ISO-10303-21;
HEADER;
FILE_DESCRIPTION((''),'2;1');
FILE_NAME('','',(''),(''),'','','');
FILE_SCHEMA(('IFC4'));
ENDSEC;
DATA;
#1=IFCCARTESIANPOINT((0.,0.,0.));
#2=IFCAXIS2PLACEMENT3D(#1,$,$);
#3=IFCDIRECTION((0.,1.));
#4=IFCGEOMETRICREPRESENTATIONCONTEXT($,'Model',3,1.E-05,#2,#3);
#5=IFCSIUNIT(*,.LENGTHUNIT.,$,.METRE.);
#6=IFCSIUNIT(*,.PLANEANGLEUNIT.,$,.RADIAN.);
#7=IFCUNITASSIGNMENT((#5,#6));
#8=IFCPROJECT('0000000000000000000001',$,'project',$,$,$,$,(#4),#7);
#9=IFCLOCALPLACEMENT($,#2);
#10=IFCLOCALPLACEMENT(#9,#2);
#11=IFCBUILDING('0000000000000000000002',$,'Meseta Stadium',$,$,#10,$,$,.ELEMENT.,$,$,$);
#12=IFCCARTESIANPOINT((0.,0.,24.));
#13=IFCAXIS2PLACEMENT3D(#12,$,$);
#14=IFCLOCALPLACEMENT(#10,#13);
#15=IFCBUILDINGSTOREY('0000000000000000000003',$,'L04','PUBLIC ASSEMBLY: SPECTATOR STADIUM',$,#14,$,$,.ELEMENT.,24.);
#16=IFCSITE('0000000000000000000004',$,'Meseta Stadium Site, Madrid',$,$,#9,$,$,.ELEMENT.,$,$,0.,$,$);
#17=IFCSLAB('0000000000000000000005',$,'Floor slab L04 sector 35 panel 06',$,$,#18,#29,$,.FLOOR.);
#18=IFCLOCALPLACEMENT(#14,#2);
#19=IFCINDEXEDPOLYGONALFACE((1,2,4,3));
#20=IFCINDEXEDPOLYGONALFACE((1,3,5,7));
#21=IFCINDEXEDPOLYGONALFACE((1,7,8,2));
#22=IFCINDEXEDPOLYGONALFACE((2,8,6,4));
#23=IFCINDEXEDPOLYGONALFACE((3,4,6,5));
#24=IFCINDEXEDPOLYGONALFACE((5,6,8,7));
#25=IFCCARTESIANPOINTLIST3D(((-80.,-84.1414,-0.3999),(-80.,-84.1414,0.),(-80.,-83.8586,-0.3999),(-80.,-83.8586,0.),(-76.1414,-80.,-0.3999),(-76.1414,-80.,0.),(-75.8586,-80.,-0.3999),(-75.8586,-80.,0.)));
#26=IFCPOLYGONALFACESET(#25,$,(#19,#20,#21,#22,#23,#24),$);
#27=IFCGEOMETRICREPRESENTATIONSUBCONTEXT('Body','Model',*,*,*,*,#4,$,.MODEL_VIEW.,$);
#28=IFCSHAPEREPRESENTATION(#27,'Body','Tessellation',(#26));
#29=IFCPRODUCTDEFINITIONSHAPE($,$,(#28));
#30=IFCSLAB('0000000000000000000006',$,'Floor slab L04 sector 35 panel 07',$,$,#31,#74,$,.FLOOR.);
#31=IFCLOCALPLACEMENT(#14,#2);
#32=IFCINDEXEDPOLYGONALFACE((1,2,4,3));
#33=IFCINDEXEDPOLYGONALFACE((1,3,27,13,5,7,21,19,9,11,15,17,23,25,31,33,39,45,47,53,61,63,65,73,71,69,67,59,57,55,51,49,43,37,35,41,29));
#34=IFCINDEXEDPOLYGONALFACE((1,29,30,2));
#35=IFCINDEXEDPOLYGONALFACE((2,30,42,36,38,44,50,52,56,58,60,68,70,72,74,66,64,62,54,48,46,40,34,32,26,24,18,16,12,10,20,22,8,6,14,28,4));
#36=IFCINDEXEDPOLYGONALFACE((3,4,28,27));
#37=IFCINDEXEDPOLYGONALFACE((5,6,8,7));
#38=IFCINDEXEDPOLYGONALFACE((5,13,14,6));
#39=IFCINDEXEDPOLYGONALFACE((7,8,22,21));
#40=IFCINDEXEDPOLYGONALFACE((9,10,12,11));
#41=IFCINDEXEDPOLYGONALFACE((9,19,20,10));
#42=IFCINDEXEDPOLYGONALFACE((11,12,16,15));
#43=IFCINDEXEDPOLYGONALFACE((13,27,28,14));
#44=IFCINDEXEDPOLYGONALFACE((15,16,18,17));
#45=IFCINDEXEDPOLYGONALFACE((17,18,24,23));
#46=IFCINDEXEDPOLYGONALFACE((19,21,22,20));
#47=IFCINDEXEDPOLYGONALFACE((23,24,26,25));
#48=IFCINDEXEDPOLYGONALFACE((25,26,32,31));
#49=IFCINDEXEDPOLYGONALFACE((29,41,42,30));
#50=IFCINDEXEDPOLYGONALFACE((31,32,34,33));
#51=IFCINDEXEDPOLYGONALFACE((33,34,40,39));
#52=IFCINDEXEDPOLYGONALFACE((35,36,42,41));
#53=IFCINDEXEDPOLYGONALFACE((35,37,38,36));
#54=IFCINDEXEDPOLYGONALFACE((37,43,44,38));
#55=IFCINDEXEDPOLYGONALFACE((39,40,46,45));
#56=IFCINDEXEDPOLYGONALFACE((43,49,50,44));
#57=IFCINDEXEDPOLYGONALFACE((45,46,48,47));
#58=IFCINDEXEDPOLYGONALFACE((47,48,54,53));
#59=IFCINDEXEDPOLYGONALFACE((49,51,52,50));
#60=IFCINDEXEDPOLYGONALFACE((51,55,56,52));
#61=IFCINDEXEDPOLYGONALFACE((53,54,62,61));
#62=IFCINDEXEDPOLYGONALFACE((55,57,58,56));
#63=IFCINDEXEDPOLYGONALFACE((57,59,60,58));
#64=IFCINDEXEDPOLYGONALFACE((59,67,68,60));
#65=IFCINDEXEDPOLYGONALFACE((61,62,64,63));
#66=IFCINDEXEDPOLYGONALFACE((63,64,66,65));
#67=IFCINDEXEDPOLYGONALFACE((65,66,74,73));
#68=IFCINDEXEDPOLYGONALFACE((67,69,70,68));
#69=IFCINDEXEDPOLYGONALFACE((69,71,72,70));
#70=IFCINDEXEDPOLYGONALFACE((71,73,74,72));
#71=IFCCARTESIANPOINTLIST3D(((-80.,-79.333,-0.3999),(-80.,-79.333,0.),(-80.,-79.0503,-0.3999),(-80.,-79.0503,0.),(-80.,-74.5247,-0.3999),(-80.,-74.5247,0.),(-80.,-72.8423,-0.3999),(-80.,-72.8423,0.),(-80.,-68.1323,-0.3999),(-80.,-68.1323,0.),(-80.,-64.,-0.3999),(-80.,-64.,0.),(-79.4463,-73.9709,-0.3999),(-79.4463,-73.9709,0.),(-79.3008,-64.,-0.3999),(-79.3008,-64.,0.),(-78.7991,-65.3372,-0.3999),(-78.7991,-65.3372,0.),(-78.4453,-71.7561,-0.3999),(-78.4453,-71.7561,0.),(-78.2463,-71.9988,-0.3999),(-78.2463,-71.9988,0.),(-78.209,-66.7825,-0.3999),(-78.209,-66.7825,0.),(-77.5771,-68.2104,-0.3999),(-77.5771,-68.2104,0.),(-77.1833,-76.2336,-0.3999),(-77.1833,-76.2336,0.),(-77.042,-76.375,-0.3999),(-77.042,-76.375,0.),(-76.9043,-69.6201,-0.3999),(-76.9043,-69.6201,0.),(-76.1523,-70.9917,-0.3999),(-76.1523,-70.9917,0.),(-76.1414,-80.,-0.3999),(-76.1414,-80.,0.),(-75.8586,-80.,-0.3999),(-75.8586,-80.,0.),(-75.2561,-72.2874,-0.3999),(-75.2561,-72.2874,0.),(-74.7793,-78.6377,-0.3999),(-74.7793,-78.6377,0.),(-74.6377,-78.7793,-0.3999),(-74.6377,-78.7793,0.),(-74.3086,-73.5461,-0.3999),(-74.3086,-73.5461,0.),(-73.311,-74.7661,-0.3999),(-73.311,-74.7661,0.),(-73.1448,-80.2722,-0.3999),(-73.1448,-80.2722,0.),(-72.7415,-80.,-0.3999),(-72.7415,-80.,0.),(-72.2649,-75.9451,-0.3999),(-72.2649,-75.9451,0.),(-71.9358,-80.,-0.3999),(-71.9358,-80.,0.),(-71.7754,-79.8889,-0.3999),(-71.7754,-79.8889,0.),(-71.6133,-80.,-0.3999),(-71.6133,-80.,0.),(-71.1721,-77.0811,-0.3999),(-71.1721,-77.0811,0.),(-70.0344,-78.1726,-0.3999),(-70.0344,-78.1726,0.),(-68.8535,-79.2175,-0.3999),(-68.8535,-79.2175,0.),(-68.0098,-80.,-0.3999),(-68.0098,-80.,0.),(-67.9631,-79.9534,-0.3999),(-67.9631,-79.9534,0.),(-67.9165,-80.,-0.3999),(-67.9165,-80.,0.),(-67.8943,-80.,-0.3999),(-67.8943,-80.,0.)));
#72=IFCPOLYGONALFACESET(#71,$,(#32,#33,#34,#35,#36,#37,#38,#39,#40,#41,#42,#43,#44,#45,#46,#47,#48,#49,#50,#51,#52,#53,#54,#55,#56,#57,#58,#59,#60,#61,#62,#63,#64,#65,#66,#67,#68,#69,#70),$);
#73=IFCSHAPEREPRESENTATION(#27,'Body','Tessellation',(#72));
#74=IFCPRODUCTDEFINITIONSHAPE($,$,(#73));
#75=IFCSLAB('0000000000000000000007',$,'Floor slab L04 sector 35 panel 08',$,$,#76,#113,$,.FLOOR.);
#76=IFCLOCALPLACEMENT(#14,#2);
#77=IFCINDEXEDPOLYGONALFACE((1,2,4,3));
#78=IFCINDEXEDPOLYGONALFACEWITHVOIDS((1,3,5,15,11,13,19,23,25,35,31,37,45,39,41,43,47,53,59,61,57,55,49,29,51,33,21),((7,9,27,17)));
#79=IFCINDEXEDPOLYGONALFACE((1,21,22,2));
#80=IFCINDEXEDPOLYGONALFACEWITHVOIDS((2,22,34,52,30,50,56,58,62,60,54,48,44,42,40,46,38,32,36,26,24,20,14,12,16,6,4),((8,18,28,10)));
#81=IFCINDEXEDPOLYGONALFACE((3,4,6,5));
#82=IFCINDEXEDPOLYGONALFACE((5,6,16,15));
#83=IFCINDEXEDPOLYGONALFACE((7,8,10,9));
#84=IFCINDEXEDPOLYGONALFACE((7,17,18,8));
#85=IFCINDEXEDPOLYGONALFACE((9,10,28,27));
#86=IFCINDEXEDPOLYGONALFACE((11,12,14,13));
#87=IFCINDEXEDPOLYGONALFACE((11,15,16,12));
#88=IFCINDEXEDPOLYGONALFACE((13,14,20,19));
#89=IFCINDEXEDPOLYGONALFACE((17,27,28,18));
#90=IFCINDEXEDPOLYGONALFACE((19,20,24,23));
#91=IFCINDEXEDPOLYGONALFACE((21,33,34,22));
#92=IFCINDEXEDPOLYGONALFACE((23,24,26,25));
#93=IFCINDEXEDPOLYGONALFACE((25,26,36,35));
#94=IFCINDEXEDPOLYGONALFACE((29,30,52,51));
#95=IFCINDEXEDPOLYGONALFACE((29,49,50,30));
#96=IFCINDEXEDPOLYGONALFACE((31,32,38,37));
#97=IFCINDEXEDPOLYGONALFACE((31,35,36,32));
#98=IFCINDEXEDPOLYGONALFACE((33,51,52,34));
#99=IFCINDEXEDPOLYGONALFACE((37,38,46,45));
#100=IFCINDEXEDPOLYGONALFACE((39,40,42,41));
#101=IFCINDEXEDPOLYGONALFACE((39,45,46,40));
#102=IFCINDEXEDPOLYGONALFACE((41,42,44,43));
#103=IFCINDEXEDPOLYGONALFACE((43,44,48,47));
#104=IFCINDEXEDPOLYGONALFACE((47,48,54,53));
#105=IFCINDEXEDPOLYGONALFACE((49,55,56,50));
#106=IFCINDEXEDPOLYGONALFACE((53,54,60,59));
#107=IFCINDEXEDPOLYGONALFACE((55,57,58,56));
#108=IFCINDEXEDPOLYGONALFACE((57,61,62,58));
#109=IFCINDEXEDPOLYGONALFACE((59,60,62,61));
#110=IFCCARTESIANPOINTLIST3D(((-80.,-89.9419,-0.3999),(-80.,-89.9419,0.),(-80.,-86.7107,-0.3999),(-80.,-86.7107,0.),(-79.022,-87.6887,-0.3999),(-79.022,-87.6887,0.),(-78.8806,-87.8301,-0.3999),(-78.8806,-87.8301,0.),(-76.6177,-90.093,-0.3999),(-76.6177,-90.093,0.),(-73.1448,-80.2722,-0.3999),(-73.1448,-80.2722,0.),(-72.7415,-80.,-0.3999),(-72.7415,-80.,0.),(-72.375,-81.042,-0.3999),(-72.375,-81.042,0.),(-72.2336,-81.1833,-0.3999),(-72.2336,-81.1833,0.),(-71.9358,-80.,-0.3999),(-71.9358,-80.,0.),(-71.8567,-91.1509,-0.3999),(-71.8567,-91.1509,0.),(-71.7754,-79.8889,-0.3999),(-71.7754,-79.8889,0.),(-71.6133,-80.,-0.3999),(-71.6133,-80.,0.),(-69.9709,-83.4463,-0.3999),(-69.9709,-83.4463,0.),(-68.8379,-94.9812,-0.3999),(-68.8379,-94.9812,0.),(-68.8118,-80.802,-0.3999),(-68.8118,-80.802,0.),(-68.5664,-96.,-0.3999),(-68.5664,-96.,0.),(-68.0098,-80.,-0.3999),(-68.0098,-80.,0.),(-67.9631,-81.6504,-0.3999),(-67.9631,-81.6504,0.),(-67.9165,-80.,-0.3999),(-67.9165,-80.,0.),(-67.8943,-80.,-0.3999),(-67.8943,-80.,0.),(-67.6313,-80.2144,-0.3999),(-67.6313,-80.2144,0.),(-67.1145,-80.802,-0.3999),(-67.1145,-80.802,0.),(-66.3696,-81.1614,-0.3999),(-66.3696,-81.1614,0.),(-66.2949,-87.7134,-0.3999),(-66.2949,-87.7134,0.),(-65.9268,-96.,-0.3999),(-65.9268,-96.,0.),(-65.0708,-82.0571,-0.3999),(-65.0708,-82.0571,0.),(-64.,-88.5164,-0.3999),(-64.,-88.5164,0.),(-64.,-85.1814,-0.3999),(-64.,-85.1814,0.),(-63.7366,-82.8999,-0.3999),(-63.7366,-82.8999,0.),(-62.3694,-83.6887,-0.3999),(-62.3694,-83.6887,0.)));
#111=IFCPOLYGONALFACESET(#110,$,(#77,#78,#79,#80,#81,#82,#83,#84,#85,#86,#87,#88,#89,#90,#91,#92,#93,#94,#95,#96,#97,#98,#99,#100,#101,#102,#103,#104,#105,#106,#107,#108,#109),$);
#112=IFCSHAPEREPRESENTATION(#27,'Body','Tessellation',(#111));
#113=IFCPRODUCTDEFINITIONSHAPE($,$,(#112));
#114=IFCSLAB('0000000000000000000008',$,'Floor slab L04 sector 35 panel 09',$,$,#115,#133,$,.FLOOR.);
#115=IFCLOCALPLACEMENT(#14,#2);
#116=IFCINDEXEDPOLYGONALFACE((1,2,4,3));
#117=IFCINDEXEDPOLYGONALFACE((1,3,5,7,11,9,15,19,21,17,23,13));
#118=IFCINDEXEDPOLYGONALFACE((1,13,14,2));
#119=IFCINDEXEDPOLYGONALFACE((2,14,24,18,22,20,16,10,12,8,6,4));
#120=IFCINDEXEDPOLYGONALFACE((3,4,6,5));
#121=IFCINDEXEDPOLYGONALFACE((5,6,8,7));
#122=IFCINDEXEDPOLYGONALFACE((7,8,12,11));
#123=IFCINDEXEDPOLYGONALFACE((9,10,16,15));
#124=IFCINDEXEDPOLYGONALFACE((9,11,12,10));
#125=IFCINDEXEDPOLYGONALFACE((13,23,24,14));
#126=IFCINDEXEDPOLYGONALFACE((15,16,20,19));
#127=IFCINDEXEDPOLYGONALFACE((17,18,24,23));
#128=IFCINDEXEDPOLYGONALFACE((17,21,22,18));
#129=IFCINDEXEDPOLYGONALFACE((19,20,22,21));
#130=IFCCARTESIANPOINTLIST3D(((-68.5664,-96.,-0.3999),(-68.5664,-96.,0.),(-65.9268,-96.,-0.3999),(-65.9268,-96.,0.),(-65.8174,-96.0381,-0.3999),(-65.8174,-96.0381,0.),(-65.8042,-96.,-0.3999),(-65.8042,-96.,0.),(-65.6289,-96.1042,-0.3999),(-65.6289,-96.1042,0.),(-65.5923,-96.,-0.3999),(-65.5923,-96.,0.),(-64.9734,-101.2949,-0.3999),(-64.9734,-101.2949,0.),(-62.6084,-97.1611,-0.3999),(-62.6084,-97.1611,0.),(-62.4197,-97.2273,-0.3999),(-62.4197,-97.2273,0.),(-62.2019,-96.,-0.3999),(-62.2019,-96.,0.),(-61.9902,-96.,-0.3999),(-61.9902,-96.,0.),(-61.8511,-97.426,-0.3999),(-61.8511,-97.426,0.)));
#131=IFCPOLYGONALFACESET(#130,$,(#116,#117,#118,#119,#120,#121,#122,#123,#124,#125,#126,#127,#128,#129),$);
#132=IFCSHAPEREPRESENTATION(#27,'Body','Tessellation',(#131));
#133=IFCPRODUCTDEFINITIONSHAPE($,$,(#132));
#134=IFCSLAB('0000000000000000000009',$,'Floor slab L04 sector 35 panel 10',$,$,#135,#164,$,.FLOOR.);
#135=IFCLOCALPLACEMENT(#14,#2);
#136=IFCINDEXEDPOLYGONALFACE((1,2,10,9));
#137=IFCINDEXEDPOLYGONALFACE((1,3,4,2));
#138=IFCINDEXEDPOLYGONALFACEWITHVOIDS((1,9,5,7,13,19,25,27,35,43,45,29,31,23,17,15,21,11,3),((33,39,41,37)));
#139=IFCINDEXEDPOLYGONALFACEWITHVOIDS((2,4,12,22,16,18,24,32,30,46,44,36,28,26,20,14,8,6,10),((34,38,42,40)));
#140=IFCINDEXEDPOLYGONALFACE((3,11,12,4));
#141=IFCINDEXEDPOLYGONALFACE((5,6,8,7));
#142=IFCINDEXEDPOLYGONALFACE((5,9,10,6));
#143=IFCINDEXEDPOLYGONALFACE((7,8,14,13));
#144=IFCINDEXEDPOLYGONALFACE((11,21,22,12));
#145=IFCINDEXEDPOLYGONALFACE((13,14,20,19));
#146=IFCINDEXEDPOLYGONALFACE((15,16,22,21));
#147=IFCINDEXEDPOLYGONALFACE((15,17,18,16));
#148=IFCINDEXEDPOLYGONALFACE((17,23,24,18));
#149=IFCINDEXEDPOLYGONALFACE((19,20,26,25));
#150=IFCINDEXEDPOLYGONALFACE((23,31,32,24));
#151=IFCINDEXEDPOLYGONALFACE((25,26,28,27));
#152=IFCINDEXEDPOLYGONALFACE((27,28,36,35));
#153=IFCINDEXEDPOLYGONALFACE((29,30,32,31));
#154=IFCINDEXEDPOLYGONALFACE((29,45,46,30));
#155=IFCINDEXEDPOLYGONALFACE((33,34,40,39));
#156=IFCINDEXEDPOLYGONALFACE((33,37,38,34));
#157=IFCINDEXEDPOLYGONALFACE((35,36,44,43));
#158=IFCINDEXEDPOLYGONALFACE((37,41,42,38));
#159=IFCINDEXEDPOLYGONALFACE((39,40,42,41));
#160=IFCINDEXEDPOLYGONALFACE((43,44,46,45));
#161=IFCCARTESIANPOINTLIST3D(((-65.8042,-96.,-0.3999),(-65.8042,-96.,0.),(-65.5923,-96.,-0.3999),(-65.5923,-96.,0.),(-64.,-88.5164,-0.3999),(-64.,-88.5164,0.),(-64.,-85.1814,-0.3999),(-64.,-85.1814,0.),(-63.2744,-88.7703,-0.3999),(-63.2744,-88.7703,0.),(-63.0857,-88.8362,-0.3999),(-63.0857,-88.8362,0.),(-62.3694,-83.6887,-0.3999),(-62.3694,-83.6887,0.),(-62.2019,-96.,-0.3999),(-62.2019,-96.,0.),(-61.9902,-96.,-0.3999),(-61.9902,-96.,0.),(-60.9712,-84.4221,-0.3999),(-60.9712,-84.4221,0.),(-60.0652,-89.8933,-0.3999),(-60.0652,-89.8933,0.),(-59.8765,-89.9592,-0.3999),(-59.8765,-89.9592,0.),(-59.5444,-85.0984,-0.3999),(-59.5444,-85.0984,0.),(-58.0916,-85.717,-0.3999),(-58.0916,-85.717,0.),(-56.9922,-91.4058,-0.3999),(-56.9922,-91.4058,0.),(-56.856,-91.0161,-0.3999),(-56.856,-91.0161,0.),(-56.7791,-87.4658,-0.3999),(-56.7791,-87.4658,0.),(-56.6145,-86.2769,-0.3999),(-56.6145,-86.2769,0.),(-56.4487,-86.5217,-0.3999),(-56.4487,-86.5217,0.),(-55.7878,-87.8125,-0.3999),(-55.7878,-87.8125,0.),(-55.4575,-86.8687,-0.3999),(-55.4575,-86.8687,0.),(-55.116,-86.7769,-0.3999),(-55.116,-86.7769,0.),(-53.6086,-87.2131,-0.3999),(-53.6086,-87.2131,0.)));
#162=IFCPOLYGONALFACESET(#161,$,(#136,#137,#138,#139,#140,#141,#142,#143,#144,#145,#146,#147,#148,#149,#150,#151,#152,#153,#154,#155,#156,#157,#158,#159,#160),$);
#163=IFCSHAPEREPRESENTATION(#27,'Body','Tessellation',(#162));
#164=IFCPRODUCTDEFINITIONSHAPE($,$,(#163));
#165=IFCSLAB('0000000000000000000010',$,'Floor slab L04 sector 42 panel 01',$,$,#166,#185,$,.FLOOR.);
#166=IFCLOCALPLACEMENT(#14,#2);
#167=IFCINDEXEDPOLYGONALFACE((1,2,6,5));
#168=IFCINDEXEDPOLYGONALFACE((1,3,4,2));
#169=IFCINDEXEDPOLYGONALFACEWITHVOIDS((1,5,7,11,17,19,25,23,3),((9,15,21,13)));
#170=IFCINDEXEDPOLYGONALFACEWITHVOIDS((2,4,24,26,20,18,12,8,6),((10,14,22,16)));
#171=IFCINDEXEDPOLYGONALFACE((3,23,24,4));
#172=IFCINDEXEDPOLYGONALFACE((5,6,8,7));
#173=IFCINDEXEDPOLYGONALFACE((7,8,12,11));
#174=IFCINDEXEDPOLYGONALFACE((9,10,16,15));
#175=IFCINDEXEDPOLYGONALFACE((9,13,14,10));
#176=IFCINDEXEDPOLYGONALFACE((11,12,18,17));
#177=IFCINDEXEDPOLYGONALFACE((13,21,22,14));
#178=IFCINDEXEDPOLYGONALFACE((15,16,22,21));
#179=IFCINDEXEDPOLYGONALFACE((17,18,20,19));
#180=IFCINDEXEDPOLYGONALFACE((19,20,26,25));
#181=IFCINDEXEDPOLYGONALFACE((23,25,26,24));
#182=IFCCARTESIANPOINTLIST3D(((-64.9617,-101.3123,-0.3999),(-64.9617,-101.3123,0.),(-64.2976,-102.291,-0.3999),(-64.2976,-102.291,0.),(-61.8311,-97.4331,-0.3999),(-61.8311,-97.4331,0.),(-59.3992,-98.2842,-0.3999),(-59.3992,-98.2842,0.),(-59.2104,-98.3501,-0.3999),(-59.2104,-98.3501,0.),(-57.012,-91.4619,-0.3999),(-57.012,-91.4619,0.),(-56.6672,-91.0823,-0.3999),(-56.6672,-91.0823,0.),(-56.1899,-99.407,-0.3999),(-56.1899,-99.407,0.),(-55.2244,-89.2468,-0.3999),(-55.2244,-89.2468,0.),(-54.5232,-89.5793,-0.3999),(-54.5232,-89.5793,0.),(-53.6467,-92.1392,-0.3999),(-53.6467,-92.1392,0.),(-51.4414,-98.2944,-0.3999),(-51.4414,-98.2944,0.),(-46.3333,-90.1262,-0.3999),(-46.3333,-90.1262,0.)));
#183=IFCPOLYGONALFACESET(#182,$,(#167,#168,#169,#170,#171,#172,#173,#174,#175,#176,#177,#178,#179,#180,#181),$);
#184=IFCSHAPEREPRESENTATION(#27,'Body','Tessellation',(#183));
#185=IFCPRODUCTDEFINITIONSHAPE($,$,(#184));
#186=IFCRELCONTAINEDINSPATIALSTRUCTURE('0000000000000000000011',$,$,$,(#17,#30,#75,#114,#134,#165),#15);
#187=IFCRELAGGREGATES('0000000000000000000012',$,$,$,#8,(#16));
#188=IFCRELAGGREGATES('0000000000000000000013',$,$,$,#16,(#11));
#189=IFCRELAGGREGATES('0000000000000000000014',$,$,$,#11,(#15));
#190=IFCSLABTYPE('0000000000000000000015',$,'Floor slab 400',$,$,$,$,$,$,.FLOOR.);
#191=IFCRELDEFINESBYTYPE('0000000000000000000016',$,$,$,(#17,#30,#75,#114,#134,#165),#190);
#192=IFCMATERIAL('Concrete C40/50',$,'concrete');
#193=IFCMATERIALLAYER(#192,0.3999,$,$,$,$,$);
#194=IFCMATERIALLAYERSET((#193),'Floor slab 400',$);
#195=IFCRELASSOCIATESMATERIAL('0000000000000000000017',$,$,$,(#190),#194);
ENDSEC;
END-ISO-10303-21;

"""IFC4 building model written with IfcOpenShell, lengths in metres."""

from ifc_helpers import new_model, si_unit, direction, frame, origin, place, context, subcontext, project, spatial, polyline, outline, extrude, material, layer, layer_set, type_object, element, save


model = new_model("IFC4")

# Units and contexts
model_context = context("Model", 3, precision=1e-05, world=origin(), true_north=direction((0.0, 1.0)))
body_context = subcontext(model_context, "Body", "Model", "MODEL_VIEW")
ifc_project = project(units=[si_unit("LENGTHUNIT", "METRE"), si_unit("PLANEANGLEUNIT", "RADIAN")], contexts=[model_context])

# Site, building, storey
site_placement = place(None, origin())
site = spatial("IfcSite", under=ifc_project, at=site_placement, Name="Meseta Stadium Site, Madrid", CompositionType="ELEMENT", RefElevation=0.0)
building_placement = place(site_placement, origin())
building = spatial("IfcBuilding", under=site, at=building_placement, Name="Meseta Stadium", CompositionType="ELEMENT")
storey_placement = place(building_placement, frame((0.0, 0.0, 24.0)))
storey = spatial("IfcBuildingStorey", under=building, at=storey_placement, Name="L04", Description="PUBLIC ASSEMBLY: SPECTATOR STADIUM", CompositionType="ELEMENT", Elevation=24.0)

# Slabs
ifc_material = material(Name="Concrete C40/50", Category="concrete")
ifc_layer = layer(ifc_material, 0.3999)
ifc_layer_set = layer_set([ifc_layer], Name="Floor slab 400")
slab_type = type_object("IfcSlabType", Name="Floor slab 400", PredefinedType="FLOOR", material=ifc_layer_set)
slab_1_placement = place(storey_placement, frame((0.0, 0.0, -0.3999)))
element("IfcSlab", 1, at=slab_1_placement, inside=storey, type_object=slab_type, Name="Floor slab L04 sector 35 panel 06", PredefinedType="FLOOR", context=body_context, shape_type="SweptSolid", body=[
    extrude(outline(polyline([(-80.0, -83.8586), (-80.0, -84.1414), (-75.8586, -80.0), (-76.1414, -80.0), (-80.0, -83.8586)])), origin(), (0.0, 0.0, 1.0), 0.3999),
])
slab_2_placement = place(storey_placement, frame((0.0, 0.0, -0.3999)))
element("IfcSlab", 2, at=slab_2_placement, inside=storey, type_object=slab_type, Name="Floor slab L04 sector 35 panel 07", PredefinedType="FLOOR", context=body_context, shape_type="SweptSolid", body=[
    extrude(outline(polyline([(-68.8535, -79.2175), (-70.0344, -78.1726), (-71.1721, -77.0811), (-72.2649, -75.9451), (-73.311, -74.7661), (-74.3086, -73.5461), (-75.2561, -72.2874), (-76.1523, -70.9917), (-76.9043, -69.6201), (-77.5771, -68.2104), (-78.209, -66.7825), (-78.7991, -65.3372), (-79.3008, -64.0), (-80.0, -64.0), (-80.0, -68.1323), (-78.4453, -71.7561), (-78.2463, -71.9988), (-80.0, -72.8423), (-80.0, -74.5247), (-79.4463, -73.9709), (-77.1833, -76.2336), (-80.0, -79.0503), (-80.0, -79.333), (-77.042, -76.375), (-74.7793, -78.6377), (-76.1414, -80.0), (-75.8586, -80.0), (-74.6377, -78.7793), (-73.1448, -80.2722), (-72.7415, -80.0), (-71.9358, -80.0), (-71.7754, -79.8889), (-71.6133, -80.0), (-68.0098, -80.0), (-67.9631, -79.9534), (-67.9165, -80.0), (-67.8943, -80.0), (-68.8535, -79.2175)])), origin(), (0.0, 0.0, 1.0), 0.3999),
])
slab_3_placement = place(storey_placement, frame((0.0, 0.0, -0.3999)))
element("IfcSlab", 3, at=slab_3_placement, inside=storey, type_object=slab_type, Name="Floor slab L04 sector 35 panel 08", PredefinedType="FLOOR", context=body_context, shape_type="SweptSolid", body=[
    extrude(outline(polyline([(-64.0, -88.5164), (-64.0, -85.1814), (-62.3694, -83.6887), (-63.7366, -82.8999), (-65.0708, -82.0571), (-66.3696, -81.1614), (-67.6313, -80.2144), (-67.8943, -80.0), (-67.9165, -80.0), (-67.1145, -80.802), (-67.9631, -81.6504), (-68.8118, -80.802), (-68.0098, -80.0), (-71.6133, -80.0), (-71.7754, -79.8889), (-71.9358, -80.0), (-72.7415, -80.0), (-73.1448, -80.2722), (-72.375, -81.042), (-79.022, -87.6887), (-80.0, -86.7107), (-80.0, -89.9419), (-71.8567, -91.1509), (-68.5664, -96.0), (-65.9268, -96.0), (-68.8379, -94.9812), (-66.2949, -87.7134), (-64.0, -88.5164)]), holes=[polyline([(-78.8806, -87.8301), (-72.2336, -81.1833), (-69.9709, -83.4463), (-76.6177, -90.093), (-78.8806, -87.8301)])]), origin(), (0.0, 0.0, 1.0), 0.3999),
])
slab_4_placement = place(storey_placement, frame((0.0, 0.0, -0.3999)))
element("IfcSlab", 4, at=slab_4_placement, inside=storey, type_object=slab_type, Name="Floor slab L04 sector 35 panel 09", PredefinedType="FLOOR", context=body_context, shape_type="SweptSolid", body=[
    extrude(outline(polyline([(-65.8174, -96.0381), (-65.9268, -96.0), (-68.5664, -96.0), (-64.9734, -101.2949), (-61.8511, -97.426), (-62.4197, -97.2273), (-61.9902, -96.0), (-62.2019, -96.0), (-62.6084, -97.1611), (-65.6289, -96.1042), (-65.5923, -96.0), (-65.8042, -96.0), (-65.8174, -96.0381)])), origin(), (0.0, 0.0, 1.0), 0.3999),
])
slab_5_placement = place(storey_placement, frame((0.0, 0.0, -0.3999)))
element("IfcSlab", 5, at=slab_5_placement, inside=storey, type_object=slab_type, Name="Floor slab L04 sector 35 panel 10", PredefinedType="FLOOR", context=body_context, shape_type="SweptSolid", body=[
    extrude(outline(polyline([(-64.0, -85.1814), (-64.0, -88.5164), (-63.2744, -88.7703), (-65.8042, -96.0), (-65.5923, -96.0), (-63.0857, -88.8362), (-60.0652, -89.8933), (-62.2019, -96.0), (-61.9902, -96.0), (-59.8765, -89.9592), (-56.856, -91.0161), (-56.9922, -91.4058), (-53.6086, -87.2131), (-55.116, -86.7769), (-56.6145, -86.2769), (-58.0916, -85.717), (-59.5444, -85.0984), (-60.9712, -84.4221), (-62.3694, -83.6887), (-64.0, -85.1814)]), holes=[polyline([(-55.7878, -87.8125), (-56.7791, -87.4658), (-56.4487, -86.5217), (-55.4575, -86.8687), (-55.7878, -87.8125)])]), origin(), (0.0, 0.0, 1.0), 0.3999),
])
slab_6_placement = place(storey_placement, frame((0.0, 0.0, -0.3999)))
element("IfcSlab", 6, at=slab_6_placement, inside=storey, type_object=slab_type, Name="Floor slab L04 sector 42 panel 01", PredefinedType="FLOOR", context=body_context, shape_type="SweptSolid", body=[
    extrude(outline(polyline([(-59.3992, -98.2842), (-61.8311, -97.4331), (-64.9617, -101.3123), (-64.2976, -102.291), (-51.4414, -98.2944), (-46.3333, -90.1262), (-54.5232, -89.5793), (-55.2244, -89.2468), (-57.012, -91.4619), (-59.3992, -98.2842)]), holes=[polyline([(-56.6672, -91.0823), (-53.6467, -92.1392), (-56.1899, -99.407), (-59.2104, -98.3501), (-56.6672, -91.0823)])]), origin(), (0.0, 0.0, 1.0), 0.3999),
])

save(model, "model.ifc")
